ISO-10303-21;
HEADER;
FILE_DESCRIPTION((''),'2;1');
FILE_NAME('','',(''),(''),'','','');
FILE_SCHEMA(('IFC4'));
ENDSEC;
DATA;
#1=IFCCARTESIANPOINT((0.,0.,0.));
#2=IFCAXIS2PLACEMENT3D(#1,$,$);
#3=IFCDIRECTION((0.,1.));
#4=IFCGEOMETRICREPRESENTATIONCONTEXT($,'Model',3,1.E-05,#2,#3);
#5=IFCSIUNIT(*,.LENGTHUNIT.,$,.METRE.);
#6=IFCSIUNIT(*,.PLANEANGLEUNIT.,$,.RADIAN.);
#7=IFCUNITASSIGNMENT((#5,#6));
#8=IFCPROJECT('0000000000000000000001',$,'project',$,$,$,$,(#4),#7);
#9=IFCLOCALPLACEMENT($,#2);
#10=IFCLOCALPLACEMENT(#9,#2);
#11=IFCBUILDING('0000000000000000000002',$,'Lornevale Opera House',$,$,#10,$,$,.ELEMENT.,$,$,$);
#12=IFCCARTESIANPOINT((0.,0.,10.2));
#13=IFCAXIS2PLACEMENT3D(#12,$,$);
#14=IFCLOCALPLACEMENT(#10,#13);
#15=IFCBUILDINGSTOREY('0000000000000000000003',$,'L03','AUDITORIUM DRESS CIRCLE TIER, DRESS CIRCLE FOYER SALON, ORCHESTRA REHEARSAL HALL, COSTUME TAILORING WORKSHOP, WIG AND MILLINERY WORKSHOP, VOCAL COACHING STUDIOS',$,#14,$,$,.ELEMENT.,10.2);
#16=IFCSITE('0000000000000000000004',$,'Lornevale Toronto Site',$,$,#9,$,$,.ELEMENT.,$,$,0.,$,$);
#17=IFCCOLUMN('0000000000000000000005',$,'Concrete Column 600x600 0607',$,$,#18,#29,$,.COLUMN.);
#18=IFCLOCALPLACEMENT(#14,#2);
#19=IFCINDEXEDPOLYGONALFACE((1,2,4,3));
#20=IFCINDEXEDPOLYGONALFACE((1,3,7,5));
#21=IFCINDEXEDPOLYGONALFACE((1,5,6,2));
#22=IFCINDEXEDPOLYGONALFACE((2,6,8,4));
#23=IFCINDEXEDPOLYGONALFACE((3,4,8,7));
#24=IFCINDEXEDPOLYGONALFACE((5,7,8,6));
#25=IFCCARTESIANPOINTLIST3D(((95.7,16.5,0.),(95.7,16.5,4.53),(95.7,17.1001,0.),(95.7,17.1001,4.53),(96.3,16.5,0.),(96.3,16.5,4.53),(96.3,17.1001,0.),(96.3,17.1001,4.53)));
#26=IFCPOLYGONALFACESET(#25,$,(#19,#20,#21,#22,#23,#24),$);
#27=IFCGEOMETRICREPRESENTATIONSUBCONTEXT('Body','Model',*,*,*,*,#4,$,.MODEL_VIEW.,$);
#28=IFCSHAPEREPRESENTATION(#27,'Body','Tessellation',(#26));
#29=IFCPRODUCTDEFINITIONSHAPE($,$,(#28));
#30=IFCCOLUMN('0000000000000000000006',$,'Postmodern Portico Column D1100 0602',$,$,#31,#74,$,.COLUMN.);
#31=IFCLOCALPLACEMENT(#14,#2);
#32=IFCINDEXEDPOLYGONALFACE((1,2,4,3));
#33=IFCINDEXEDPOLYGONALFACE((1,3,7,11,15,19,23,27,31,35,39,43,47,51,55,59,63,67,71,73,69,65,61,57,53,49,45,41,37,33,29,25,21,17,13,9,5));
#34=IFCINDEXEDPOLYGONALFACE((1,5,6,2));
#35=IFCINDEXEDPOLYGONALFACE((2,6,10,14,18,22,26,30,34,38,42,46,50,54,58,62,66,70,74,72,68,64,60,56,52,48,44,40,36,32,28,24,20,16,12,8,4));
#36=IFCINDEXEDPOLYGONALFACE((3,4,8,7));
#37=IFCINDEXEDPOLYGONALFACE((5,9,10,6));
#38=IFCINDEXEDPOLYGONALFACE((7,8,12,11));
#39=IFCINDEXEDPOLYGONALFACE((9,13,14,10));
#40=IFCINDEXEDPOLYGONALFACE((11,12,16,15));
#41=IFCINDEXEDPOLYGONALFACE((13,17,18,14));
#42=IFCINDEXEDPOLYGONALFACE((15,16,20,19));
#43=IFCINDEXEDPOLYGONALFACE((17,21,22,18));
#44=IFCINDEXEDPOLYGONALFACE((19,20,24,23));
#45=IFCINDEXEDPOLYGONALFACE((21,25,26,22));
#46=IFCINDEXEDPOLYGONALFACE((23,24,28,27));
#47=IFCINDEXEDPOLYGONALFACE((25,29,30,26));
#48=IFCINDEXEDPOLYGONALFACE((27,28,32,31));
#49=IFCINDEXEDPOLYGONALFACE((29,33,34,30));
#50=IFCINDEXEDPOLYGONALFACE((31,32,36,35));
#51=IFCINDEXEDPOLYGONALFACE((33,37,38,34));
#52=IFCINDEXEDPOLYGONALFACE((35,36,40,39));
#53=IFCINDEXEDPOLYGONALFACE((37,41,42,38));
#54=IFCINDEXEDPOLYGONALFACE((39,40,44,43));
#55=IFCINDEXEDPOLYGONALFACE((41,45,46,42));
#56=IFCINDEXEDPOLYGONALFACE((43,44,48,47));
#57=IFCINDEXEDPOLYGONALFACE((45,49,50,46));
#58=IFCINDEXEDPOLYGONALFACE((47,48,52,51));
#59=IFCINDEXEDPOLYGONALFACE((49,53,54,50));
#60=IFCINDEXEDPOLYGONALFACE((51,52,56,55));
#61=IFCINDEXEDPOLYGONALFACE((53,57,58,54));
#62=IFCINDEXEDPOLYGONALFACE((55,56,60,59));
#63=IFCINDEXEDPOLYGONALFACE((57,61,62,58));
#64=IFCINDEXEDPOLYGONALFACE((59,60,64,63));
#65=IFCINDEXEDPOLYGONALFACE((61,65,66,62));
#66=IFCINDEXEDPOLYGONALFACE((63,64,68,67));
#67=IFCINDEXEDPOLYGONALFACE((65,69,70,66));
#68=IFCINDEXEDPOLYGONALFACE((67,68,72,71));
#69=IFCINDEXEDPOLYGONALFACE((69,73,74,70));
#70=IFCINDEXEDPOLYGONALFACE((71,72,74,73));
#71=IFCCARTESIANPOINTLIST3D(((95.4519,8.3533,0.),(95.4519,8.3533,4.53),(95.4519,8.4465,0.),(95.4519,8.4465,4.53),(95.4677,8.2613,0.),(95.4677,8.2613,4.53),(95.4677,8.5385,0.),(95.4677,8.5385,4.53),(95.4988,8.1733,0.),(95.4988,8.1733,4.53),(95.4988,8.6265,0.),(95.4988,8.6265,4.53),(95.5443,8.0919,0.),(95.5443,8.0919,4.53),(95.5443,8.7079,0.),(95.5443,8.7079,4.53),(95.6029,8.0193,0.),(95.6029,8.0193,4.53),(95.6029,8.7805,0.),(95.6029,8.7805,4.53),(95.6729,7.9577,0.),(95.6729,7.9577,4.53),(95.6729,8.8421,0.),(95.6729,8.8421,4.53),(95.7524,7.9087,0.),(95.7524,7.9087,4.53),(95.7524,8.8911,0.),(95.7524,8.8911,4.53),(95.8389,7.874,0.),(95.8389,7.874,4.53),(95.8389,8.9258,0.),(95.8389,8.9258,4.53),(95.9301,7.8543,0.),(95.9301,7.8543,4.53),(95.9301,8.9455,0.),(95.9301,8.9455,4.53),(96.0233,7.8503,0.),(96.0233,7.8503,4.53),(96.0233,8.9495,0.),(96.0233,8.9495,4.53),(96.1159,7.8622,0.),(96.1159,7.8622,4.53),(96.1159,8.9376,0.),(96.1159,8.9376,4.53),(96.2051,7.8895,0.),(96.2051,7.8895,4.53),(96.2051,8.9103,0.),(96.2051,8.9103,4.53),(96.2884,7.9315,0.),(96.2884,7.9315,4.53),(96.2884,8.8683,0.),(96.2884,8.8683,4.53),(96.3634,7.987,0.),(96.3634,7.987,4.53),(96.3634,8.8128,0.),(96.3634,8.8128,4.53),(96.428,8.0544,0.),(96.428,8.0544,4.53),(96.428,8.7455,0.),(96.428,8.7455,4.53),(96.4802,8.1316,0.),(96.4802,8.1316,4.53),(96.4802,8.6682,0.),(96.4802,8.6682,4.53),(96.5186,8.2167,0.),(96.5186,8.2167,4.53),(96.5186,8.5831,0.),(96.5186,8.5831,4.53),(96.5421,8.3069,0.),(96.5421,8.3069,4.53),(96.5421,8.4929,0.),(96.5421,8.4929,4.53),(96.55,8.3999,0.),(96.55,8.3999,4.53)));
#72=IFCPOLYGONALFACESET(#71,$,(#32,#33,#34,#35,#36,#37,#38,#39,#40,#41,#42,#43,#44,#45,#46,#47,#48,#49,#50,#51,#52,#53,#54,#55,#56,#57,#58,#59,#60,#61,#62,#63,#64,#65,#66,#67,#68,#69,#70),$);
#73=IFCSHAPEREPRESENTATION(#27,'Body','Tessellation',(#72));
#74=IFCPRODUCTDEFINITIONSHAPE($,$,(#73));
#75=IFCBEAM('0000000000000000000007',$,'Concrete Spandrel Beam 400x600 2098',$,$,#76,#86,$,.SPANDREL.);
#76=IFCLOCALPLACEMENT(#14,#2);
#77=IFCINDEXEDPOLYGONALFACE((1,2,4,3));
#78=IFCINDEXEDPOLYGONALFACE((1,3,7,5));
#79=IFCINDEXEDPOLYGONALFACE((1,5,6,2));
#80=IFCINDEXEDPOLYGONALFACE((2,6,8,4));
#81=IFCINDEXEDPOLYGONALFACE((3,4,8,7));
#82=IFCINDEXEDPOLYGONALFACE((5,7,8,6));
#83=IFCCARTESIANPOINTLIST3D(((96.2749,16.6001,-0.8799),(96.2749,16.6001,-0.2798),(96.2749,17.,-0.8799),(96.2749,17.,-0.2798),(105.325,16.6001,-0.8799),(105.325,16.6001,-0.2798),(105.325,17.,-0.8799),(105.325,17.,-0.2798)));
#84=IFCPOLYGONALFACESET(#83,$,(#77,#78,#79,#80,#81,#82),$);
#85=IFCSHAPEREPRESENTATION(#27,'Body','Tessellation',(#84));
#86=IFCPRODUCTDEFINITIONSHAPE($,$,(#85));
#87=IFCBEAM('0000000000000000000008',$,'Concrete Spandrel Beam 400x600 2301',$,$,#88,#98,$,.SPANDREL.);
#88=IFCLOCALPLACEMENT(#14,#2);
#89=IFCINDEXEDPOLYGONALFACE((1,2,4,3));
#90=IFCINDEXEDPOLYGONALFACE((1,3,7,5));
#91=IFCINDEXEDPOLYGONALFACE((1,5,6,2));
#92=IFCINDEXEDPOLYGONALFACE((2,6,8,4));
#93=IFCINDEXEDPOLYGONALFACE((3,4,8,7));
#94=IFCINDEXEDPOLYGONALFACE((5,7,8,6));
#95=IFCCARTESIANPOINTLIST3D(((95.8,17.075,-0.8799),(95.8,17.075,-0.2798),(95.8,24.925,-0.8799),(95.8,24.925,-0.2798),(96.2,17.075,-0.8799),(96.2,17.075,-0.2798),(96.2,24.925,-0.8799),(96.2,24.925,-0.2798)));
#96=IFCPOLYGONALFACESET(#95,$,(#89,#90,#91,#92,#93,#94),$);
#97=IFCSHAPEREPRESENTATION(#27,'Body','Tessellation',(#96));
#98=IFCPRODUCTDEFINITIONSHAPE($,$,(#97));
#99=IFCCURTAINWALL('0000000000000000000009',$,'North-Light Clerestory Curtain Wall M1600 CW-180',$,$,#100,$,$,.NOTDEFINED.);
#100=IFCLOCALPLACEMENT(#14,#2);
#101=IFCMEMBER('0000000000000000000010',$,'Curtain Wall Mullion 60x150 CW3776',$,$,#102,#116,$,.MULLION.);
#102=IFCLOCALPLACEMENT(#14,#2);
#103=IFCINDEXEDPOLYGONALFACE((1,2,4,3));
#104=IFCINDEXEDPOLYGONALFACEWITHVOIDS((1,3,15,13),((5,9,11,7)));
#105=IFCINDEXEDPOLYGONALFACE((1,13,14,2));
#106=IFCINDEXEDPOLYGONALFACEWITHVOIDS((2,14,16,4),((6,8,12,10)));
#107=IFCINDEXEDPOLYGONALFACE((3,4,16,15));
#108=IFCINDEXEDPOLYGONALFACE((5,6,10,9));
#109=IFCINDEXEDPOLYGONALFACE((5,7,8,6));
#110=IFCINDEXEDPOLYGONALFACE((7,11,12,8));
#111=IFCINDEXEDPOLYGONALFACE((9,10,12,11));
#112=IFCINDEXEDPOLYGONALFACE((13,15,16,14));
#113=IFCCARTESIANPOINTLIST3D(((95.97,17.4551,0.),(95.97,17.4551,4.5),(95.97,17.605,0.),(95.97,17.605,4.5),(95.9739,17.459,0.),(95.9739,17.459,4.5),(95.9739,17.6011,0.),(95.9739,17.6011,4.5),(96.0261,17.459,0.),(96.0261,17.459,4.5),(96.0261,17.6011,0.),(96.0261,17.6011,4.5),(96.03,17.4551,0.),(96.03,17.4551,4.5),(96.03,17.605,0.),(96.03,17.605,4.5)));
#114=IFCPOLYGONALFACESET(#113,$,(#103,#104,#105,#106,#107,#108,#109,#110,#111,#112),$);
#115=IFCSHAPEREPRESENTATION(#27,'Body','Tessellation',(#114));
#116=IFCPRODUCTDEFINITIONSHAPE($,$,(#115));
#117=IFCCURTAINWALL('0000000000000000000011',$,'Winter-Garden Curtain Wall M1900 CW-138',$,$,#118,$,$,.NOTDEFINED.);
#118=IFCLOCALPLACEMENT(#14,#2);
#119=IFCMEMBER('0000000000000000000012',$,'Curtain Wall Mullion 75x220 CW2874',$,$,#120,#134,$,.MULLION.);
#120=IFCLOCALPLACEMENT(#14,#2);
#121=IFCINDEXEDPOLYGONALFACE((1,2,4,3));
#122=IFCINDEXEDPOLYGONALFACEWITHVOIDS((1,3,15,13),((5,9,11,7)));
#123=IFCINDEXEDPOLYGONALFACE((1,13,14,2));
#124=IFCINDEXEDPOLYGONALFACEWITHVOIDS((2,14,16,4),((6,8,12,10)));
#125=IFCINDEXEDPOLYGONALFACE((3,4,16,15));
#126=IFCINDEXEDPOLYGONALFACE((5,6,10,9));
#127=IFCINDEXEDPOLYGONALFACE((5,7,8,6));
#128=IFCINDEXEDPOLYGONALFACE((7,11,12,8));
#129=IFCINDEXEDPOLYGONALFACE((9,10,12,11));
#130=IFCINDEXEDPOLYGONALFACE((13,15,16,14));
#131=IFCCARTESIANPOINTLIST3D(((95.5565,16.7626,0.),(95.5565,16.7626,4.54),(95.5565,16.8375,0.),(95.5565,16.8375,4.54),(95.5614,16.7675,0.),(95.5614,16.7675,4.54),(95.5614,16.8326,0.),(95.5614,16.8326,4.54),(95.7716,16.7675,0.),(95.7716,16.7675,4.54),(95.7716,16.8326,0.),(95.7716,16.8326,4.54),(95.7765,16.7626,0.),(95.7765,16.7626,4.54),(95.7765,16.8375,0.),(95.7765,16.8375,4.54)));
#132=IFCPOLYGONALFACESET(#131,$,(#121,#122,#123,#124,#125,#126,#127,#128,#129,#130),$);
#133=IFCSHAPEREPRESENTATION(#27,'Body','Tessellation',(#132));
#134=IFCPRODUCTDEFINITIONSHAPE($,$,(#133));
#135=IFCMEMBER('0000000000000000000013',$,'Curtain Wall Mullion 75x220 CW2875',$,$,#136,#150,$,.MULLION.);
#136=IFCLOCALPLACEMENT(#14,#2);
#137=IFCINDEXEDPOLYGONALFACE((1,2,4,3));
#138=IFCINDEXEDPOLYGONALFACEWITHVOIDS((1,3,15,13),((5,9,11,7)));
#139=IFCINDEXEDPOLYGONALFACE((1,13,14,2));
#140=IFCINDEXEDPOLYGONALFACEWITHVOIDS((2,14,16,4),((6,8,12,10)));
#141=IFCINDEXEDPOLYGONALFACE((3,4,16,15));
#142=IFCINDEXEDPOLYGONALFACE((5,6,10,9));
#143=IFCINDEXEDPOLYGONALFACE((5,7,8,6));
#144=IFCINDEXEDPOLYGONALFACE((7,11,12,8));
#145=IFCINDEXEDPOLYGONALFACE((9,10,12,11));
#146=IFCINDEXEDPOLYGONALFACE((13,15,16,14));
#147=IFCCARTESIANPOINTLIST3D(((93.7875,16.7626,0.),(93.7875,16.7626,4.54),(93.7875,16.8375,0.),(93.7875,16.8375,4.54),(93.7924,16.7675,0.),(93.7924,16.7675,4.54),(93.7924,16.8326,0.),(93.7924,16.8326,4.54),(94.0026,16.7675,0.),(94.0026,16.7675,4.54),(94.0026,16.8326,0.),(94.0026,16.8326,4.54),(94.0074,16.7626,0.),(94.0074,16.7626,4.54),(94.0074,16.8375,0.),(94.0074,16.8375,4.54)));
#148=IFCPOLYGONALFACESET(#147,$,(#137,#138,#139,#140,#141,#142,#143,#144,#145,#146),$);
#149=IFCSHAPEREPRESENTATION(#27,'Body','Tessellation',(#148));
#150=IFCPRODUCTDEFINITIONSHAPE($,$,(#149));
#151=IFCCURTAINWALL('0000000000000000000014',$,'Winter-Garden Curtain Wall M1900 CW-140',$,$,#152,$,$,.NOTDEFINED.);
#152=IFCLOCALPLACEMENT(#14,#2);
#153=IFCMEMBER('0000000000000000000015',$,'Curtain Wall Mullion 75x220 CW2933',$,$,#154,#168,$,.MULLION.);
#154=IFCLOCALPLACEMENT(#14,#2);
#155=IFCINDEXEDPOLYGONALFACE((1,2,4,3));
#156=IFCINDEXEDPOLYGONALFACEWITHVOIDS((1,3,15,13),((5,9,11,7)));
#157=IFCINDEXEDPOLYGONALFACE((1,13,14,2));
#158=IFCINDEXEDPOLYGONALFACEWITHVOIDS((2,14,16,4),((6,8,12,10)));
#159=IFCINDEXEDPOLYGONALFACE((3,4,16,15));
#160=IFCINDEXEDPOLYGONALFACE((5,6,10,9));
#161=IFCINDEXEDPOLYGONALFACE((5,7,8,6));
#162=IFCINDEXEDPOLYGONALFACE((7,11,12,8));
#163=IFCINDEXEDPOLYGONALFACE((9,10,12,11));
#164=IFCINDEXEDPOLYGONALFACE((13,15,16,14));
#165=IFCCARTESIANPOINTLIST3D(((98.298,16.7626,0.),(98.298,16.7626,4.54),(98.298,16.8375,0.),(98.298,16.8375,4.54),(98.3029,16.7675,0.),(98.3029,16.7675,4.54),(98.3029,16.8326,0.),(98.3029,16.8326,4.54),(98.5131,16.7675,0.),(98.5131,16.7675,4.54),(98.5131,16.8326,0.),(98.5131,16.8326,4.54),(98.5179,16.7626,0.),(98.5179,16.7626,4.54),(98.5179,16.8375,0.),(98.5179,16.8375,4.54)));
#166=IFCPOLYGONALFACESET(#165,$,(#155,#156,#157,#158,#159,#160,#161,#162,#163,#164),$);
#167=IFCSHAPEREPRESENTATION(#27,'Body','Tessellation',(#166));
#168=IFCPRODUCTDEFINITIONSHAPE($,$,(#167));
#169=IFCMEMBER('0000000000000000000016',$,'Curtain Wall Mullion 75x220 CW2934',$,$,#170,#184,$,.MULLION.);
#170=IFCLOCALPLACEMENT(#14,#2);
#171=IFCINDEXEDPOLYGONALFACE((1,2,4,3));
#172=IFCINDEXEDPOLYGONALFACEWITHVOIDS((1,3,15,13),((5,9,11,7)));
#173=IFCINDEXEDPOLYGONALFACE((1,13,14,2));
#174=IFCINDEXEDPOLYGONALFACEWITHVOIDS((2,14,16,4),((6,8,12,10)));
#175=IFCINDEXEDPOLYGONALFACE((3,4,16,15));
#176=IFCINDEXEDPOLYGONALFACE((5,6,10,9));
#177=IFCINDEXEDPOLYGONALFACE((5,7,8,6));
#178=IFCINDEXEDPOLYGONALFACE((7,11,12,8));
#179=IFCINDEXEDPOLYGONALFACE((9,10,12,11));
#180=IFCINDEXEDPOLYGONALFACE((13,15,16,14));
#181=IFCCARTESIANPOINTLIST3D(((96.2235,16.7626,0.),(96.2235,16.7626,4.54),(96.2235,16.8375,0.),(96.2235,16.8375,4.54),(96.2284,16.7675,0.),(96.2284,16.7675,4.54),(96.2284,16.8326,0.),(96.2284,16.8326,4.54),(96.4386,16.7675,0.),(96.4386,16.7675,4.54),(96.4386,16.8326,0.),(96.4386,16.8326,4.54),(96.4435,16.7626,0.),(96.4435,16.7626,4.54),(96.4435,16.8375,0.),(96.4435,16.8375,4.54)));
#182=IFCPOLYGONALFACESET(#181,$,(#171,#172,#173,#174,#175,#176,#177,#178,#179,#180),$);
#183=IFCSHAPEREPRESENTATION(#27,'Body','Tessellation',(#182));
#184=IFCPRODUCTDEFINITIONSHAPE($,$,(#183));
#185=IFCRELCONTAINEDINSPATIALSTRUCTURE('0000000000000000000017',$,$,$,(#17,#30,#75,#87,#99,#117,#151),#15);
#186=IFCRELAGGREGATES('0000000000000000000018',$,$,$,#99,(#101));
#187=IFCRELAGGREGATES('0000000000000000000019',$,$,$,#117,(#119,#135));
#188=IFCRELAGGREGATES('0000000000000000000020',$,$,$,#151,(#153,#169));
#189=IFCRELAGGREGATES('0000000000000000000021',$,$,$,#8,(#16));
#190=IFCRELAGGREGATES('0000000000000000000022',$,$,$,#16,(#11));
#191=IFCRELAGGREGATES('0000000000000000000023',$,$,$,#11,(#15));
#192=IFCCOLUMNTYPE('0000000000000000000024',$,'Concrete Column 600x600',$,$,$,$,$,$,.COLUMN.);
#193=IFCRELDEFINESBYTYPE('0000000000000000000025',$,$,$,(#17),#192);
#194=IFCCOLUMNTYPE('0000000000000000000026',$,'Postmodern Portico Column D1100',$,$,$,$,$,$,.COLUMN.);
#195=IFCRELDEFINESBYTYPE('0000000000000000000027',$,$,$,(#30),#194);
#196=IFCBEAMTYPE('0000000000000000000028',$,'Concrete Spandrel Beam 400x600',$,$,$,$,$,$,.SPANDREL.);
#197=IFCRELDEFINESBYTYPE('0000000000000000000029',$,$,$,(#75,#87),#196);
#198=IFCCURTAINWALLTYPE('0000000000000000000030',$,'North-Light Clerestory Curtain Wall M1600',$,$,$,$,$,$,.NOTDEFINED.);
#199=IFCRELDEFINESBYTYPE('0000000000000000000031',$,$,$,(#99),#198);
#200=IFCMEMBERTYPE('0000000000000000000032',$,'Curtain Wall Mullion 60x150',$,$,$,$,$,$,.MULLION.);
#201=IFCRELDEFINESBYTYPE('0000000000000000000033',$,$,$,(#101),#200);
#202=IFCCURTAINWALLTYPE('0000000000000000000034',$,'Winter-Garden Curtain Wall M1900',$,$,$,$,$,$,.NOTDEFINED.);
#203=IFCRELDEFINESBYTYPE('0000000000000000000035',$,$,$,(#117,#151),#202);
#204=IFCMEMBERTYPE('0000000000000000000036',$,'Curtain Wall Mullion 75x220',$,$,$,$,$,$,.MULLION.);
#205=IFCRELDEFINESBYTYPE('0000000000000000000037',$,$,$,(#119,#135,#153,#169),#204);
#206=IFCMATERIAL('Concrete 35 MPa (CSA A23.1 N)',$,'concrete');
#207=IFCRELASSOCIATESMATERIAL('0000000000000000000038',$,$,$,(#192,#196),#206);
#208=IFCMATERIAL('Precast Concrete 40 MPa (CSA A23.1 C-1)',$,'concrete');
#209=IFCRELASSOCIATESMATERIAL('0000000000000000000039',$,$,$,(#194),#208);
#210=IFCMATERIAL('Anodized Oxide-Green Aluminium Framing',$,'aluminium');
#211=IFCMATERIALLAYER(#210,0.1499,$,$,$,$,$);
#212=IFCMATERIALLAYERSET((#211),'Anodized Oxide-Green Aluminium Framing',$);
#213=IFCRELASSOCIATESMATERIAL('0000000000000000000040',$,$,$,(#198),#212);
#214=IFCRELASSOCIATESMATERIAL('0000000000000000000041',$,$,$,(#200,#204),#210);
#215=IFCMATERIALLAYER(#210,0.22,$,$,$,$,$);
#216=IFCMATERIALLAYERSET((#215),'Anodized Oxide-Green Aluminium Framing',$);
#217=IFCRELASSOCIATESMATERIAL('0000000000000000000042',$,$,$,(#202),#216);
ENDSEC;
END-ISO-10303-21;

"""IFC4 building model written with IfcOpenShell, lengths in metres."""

from ifc_helpers import new_model, si_unit, direction, frame, origin, origin_2d, place, context, subcontext, project, spatial, rectangle, hollow_rectangle, circle, extrude, material, layer, layer_set, material_profile, profile_set, type_object, element, aggregate, save


model = new_model("IFC4")

# Units and contexts
model_context = context("Model", 3, precision=1e-05, world=origin(), true_north=direction((0.0, 1.0)))
body_context = subcontext(model_context, "Body", "Model", "MODEL_VIEW")
ifc_project = project(units=[si_unit("LENGTHUNIT", "METRE"), si_unit("PLANEANGLEUNIT", "RADIAN")], contexts=[model_context])

# Site, building, storey
site_placement = place(None, origin())
site = spatial("IfcSite", under=ifc_project, at=site_placement, Name="Lornevale Toronto Site", CompositionType="ELEMENT", RefElevation=0.0)
building_placement = place(site_placement, origin())
building = spatial("IfcBuilding", under=site, at=building_placement, Name="Lornevale Opera House", CompositionType="ELEMENT")
storey_placement = place(building_placement, frame((0.0, 0.0, 10.2)))
storey = spatial("IfcBuildingStorey", under=building, at=storey_placement, Name="L03", Description="AUDITORIUM DRESS CIRCLE TIER, DRESS CIRCLE FOYER SALON, ORCHESTRA REHEARSAL HALL, COSTUME TAILORING WORKSHOP, WIG AND MILLINERY WORKSHOP, VOCAL COACHING STUDIOS", CompositionType="ELEMENT", Elevation=10.2)

# Columns
ifc_material_1 = material(Name="Concrete 35 MPa (CSA A23.1 N)", Category="concrete")
ifc_material_profile_1 = material_profile(ifc_material_1, rectangle(XDim=0.6001, YDim=0.6001, at=origin_2d()), Name="RC600x600")
ifc_profile_set_1 = profile_set([ifc_material_profile_1], Name="Concrete 35 MPa (CSA A23.1 N)")
column_type_1 = type_object("IfcColumnType", Name="Concrete Column 600x600", PredefinedType="COLUMN", material=ifc_profile_set_1)
column_1_placement = place(storey_placement, frame((96.0, 16.8, 0.0), z_axis=(0.0, 0.0, 1.0), x_axis=(1.0, 0.0, 0.0)))
element("IfcColumn", 1, at=column_1_placement, inside=storey, type_object=column_type_1, Name="Concrete Column 600x600 0607", PredefinedType="COLUMN", context=body_context, shape_type="SweptSolid", body=[
    extrude(rectangle(XDim=0.6001, YDim=0.6001, at=origin_2d()), origin(), (0.0, 0.0, 1.0), 4.53),
])
ifc_material_2 = material(Name="Precast Concrete 40 MPa (CSA A23.1 C-1)", Category="concrete")
ifc_material_profile_2 = material_profile(ifc_material_2, circle(Radius=0.55, at=origin_2d()), Name="RCCOL1100")
ifc_profile_set_2 = profile_set([ifc_material_profile_2], Name="Precast Concrete 40 MPa (CSA A23.1 C-1)")
column_type_2 = type_object("IfcColumnType", Name="Postmodern Portico Column D1100", PredefinedType="COLUMN", material=ifc_profile_set_2)
column_2_placement = place(storey_placement, frame((96.0, 8.3999, 0.0), z_axis=(0.0, 0.0, 1.0), x_axis=(1.0, 0.0, 0.0)))
element("IfcColumn", 2, at=column_2_placement, inside=storey, type_object=column_type_2, Name="Postmodern Portico Column D1100 0602", PredefinedType="COLUMN", context=body_context, shape_type="SweptSolid", body=[
    extrude(circle(Radius=0.55, at=origin_2d()), origin(), (0.0, 0.0, 1.0), 4.53),
])

# Beams
ifc_material_profile_3 = material_profile(ifc_material_1, rectangle(XDim=0.3999, YDim=0.6001, at=origin_2d()), Name="RC400x600")
ifc_profile_set_3 = profile_set([ifc_material_profile_3], Name="Concrete 35 MPa (CSA A23.1 N)")
beam_type = type_object("IfcBeamType", Name="Concrete Spandrel Beam 400x600", PredefinedType="SPANDREL", material=ifc_profile_set_3)
beam_1_placement = place(storey_placement, frame((96.2749, 16.8, -0.5798), z_axis=(1.0, 0.0, 0.0), x_axis=(0.0, 1.0, 0.0)))
element("IfcBeam", 3, at=beam_1_placement, inside=storey, type_object=beam_type, Name="Concrete Spandrel Beam 400x600 2098", PredefinedType="SPANDREL", context=body_context, shape_type="SweptSolid", body=[
    extrude(rectangle(XDim=0.3999, YDim=0.6001, at=origin_2d()), origin(), (0.0, 0.0, 1.0), 9.05),
])
beam_2_placement = place(storey_placement, frame((96.0, 17.075, -0.5798), z_axis=(0.0, 1.0, 0.0), x_axis=(-1.0, 0.0, 0.0)))
element("IfcBeam", 4, at=beam_2_placement, inside=storey, type_object=beam_type, Name="Concrete Spandrel Beam 400x600 2301", PredefinedType="SPANDREL", context=body_context, shape_type="SweptSolid", body=[
    extrude(rectangle(XDim=0.3999, YDim=0.6001, at=origin_2d()), origin(), (0.0, 0.0, 1.0), 7.8501),
])

# Curtain wall, member
ifc_material_3 = material(Name="Anodized Oxide-Green Aluminium Framing", Category="aluminium")
ifc_layer_1 = layer(ifc_material_3, 0.1499)
ifc_layer_set_1 = layer_set([ifc_layer_1], Name="Anodized Oxide-Green Aluminium Framing")
curtain_wall_type_1 = type_object("IfcCurtainWallType", Name="North-Light Clerestory Curtain Wall M1600", PredefinedType="NOTDEFINED", material=ifc_layer_set_1)
curtain_wall_1_placement = place(storey_placement, origin())
curtain_wall_1 = element("IfcCurtainWall", 5, at=curtain_wall_1_placement, inside=storey, type_object=curtain_wall_type_1, Name="North-Light Clerestory Curtain Wall M1600 CW-180", PredefinedType="NOTDEFINED")
ifc_material_profile_4 = material_profile(ifc_material_3, hollow_rectangle(XDim=0.0601, YDim=0.1499, WallThickness=0.0039, at=origin_2d()), Name="ALU60x150x4")
ifc_profile_set_4 = profile_set([ifc_material_profile_4], Name="Anodized Oxide-Green Aluminium Framing")
member_type_1 = type_object("IfcMemberType", Name="Curtain Wall Mullion 60x150", PredefinedType="MULLION", material=ifc_profile_set_4)
member_1_placement = place(storey_placement, frame((96.0, 17.53, 0.0), z_axis=(0.0, 0.0, 1.0), x_axis=(1.0, 0.0, 0.0)))
member_1 = element("IfcMember", 6, at=member_1_placement, type_object=member_type_1, Name="Curtain Wall Mullion 60x150 CW3776", PredefinedType="MULLION", context=body_context, shape_type="SweptSolid", body=[
    extrude(hollow_rectangle(XDim=0.0601, YDim=0.1499, WallThickness=0.0039, at=origin_2d()), origin(), (0.0, 0.0, 1.0), 4.5),
])

# Curtain walls, members
ifc_layer_2 = layer(ifc_material_3, 0.22)
ifc_layer_set_2 = layer_set([ifc_layer_2], Name="Anodized Oxide-Green Aluminium Framing")
curtain_wall_type_2 = type_object("IfcCurtainWallType", Name="Winter-Garden Curtain Wall M1900", PredefinedType="NOTDEFINED", material=ifc_layer_set_2)
curtain_wall_2_placement = place(storey_placement, origin())
curtain_wall_2 = element("IfcCurtainWall", 7, at=curtain_wall_2_placement, inside=storey, type_object=curtain_wall_type_2, Name="Winter-Garden Curtain Wall M1900 CW-138", PredefinedType="NOTDEFINED")
ifc_material_profile_5 = material_profile(ifc_material_3, hollow_rectangle(XDim=0.075, YDim=0.22, WallThickness=0.0049, at=origin_2d()), Name="ALU75x220x5")
ifc_profile_set_5 = profile_set([ifc_material_profile_5], Name="Anodized Oxide-Green Aluminium Framing")
member_type_2 = type_object("IfcMemberType", Name="Curtain Wall Mullion 75x220", PredefinedType="MULLION", material=ifc_profile_set_5)
member_2_placement = place(storey_placement, frame((95.6665, 16.8, 0.0), z_axis=(0.0, 0.0, 1.0), x_axis=(0.0, -1.0, 0.0)))
member_2 = element("IfcMember", 8, at=member_2_placement, type_object=member_type_2, Name="Curtain Wall Mullion 75x220 CW2874", PredefinedType="MULLION", context=body_context, shape_type="SweptSolid", body=[
    extrude(hollow_rectangle(XDim=0.075, YDim=0.22, WallThickness=0.0049, at=origin_2d()), origin(), (0.0, 0.0, 1.0), 4.54),
])
member_3_placement = place(storey_placement, frame((93.8975, 16.8, 0.0), z_axis=(0.0, 0.0, 1.0), x_axis=(0.0, -1.0, 0.0)))
member_3 = element("IfcMember", 9, at=member_3_placement, type_object=member_type_2, Name="Curtain Wall Mullion 75x220 CW2875", PredefinedType="MULLION", context=body_context, shape_type="SweptSolid", body=[
    extrude(hollow_rectangle(XDim=0.075, YDim=0.22, WallThickness=0.0049, at=origin_2d()), origin(), (0.0, 0.0, 1.0), 4.54),
])
curtain_wall_3_placement = place(storey_placement, origin())
curtain_wall_3 = element("IfcCurtainWall", 10, at=curtain_wall_3_placement, inside=storey, type_object=curtain_wall_type_2, Name="Winter-Garden Curtain Wall M1900 CW-140", PredefinedType="NOTDEFINED")
member_4_placement = place(storey_placement, frame((98.408, 16.8, 0.0), z_axis=(0.0, 0.0, 1.0), x_axis=(0.0, -1.0, 0.0)))
member_4 = element("IfcMember", 11, at=member_4_placement, type_object=member_type_2, Name="Curtain Wall Mullion 75x220 CW2933", PredefinedType="MULLION", context=body_context, shape_type="SweptSolid", body=[
    extrude(hollow_rectangle(XDim=0.075, YDim=0.22, WallThickness=0.0049, at=origin_2d()), origin(), (0.0, 0.0, 1.0), 4.54),
])
member_5_placement = place(storey_placement, frame((96.3335, 16.8, 0.0), z_axis=(0.0, 0.0, 1.0), x_axis=(0.0, -1.0, 0.0)))
member_5 = element("IfcMember", 12, at=member_5_placement, type_object=member_type_2, Name="Curtain Wall Mullion 75x220 CW2934", PredefinedType="MULLION", context=body_context, shape_type="SweptSolid", body=[
    extrude(hollow_rectangle(XDim=0.075, YDim=0.22, WallThickness=0.0049, at=origin_2d()), origin(), (0.0, 0.0, 1.0), 4.54),
])

aggregate(curtain_wall_1, [member_1])
aggregate(curtain_wall_2, [member_2, member_3])
aggregate(curtain_wall_3, [member_4, member_5])

save(model, "model.ifc")
